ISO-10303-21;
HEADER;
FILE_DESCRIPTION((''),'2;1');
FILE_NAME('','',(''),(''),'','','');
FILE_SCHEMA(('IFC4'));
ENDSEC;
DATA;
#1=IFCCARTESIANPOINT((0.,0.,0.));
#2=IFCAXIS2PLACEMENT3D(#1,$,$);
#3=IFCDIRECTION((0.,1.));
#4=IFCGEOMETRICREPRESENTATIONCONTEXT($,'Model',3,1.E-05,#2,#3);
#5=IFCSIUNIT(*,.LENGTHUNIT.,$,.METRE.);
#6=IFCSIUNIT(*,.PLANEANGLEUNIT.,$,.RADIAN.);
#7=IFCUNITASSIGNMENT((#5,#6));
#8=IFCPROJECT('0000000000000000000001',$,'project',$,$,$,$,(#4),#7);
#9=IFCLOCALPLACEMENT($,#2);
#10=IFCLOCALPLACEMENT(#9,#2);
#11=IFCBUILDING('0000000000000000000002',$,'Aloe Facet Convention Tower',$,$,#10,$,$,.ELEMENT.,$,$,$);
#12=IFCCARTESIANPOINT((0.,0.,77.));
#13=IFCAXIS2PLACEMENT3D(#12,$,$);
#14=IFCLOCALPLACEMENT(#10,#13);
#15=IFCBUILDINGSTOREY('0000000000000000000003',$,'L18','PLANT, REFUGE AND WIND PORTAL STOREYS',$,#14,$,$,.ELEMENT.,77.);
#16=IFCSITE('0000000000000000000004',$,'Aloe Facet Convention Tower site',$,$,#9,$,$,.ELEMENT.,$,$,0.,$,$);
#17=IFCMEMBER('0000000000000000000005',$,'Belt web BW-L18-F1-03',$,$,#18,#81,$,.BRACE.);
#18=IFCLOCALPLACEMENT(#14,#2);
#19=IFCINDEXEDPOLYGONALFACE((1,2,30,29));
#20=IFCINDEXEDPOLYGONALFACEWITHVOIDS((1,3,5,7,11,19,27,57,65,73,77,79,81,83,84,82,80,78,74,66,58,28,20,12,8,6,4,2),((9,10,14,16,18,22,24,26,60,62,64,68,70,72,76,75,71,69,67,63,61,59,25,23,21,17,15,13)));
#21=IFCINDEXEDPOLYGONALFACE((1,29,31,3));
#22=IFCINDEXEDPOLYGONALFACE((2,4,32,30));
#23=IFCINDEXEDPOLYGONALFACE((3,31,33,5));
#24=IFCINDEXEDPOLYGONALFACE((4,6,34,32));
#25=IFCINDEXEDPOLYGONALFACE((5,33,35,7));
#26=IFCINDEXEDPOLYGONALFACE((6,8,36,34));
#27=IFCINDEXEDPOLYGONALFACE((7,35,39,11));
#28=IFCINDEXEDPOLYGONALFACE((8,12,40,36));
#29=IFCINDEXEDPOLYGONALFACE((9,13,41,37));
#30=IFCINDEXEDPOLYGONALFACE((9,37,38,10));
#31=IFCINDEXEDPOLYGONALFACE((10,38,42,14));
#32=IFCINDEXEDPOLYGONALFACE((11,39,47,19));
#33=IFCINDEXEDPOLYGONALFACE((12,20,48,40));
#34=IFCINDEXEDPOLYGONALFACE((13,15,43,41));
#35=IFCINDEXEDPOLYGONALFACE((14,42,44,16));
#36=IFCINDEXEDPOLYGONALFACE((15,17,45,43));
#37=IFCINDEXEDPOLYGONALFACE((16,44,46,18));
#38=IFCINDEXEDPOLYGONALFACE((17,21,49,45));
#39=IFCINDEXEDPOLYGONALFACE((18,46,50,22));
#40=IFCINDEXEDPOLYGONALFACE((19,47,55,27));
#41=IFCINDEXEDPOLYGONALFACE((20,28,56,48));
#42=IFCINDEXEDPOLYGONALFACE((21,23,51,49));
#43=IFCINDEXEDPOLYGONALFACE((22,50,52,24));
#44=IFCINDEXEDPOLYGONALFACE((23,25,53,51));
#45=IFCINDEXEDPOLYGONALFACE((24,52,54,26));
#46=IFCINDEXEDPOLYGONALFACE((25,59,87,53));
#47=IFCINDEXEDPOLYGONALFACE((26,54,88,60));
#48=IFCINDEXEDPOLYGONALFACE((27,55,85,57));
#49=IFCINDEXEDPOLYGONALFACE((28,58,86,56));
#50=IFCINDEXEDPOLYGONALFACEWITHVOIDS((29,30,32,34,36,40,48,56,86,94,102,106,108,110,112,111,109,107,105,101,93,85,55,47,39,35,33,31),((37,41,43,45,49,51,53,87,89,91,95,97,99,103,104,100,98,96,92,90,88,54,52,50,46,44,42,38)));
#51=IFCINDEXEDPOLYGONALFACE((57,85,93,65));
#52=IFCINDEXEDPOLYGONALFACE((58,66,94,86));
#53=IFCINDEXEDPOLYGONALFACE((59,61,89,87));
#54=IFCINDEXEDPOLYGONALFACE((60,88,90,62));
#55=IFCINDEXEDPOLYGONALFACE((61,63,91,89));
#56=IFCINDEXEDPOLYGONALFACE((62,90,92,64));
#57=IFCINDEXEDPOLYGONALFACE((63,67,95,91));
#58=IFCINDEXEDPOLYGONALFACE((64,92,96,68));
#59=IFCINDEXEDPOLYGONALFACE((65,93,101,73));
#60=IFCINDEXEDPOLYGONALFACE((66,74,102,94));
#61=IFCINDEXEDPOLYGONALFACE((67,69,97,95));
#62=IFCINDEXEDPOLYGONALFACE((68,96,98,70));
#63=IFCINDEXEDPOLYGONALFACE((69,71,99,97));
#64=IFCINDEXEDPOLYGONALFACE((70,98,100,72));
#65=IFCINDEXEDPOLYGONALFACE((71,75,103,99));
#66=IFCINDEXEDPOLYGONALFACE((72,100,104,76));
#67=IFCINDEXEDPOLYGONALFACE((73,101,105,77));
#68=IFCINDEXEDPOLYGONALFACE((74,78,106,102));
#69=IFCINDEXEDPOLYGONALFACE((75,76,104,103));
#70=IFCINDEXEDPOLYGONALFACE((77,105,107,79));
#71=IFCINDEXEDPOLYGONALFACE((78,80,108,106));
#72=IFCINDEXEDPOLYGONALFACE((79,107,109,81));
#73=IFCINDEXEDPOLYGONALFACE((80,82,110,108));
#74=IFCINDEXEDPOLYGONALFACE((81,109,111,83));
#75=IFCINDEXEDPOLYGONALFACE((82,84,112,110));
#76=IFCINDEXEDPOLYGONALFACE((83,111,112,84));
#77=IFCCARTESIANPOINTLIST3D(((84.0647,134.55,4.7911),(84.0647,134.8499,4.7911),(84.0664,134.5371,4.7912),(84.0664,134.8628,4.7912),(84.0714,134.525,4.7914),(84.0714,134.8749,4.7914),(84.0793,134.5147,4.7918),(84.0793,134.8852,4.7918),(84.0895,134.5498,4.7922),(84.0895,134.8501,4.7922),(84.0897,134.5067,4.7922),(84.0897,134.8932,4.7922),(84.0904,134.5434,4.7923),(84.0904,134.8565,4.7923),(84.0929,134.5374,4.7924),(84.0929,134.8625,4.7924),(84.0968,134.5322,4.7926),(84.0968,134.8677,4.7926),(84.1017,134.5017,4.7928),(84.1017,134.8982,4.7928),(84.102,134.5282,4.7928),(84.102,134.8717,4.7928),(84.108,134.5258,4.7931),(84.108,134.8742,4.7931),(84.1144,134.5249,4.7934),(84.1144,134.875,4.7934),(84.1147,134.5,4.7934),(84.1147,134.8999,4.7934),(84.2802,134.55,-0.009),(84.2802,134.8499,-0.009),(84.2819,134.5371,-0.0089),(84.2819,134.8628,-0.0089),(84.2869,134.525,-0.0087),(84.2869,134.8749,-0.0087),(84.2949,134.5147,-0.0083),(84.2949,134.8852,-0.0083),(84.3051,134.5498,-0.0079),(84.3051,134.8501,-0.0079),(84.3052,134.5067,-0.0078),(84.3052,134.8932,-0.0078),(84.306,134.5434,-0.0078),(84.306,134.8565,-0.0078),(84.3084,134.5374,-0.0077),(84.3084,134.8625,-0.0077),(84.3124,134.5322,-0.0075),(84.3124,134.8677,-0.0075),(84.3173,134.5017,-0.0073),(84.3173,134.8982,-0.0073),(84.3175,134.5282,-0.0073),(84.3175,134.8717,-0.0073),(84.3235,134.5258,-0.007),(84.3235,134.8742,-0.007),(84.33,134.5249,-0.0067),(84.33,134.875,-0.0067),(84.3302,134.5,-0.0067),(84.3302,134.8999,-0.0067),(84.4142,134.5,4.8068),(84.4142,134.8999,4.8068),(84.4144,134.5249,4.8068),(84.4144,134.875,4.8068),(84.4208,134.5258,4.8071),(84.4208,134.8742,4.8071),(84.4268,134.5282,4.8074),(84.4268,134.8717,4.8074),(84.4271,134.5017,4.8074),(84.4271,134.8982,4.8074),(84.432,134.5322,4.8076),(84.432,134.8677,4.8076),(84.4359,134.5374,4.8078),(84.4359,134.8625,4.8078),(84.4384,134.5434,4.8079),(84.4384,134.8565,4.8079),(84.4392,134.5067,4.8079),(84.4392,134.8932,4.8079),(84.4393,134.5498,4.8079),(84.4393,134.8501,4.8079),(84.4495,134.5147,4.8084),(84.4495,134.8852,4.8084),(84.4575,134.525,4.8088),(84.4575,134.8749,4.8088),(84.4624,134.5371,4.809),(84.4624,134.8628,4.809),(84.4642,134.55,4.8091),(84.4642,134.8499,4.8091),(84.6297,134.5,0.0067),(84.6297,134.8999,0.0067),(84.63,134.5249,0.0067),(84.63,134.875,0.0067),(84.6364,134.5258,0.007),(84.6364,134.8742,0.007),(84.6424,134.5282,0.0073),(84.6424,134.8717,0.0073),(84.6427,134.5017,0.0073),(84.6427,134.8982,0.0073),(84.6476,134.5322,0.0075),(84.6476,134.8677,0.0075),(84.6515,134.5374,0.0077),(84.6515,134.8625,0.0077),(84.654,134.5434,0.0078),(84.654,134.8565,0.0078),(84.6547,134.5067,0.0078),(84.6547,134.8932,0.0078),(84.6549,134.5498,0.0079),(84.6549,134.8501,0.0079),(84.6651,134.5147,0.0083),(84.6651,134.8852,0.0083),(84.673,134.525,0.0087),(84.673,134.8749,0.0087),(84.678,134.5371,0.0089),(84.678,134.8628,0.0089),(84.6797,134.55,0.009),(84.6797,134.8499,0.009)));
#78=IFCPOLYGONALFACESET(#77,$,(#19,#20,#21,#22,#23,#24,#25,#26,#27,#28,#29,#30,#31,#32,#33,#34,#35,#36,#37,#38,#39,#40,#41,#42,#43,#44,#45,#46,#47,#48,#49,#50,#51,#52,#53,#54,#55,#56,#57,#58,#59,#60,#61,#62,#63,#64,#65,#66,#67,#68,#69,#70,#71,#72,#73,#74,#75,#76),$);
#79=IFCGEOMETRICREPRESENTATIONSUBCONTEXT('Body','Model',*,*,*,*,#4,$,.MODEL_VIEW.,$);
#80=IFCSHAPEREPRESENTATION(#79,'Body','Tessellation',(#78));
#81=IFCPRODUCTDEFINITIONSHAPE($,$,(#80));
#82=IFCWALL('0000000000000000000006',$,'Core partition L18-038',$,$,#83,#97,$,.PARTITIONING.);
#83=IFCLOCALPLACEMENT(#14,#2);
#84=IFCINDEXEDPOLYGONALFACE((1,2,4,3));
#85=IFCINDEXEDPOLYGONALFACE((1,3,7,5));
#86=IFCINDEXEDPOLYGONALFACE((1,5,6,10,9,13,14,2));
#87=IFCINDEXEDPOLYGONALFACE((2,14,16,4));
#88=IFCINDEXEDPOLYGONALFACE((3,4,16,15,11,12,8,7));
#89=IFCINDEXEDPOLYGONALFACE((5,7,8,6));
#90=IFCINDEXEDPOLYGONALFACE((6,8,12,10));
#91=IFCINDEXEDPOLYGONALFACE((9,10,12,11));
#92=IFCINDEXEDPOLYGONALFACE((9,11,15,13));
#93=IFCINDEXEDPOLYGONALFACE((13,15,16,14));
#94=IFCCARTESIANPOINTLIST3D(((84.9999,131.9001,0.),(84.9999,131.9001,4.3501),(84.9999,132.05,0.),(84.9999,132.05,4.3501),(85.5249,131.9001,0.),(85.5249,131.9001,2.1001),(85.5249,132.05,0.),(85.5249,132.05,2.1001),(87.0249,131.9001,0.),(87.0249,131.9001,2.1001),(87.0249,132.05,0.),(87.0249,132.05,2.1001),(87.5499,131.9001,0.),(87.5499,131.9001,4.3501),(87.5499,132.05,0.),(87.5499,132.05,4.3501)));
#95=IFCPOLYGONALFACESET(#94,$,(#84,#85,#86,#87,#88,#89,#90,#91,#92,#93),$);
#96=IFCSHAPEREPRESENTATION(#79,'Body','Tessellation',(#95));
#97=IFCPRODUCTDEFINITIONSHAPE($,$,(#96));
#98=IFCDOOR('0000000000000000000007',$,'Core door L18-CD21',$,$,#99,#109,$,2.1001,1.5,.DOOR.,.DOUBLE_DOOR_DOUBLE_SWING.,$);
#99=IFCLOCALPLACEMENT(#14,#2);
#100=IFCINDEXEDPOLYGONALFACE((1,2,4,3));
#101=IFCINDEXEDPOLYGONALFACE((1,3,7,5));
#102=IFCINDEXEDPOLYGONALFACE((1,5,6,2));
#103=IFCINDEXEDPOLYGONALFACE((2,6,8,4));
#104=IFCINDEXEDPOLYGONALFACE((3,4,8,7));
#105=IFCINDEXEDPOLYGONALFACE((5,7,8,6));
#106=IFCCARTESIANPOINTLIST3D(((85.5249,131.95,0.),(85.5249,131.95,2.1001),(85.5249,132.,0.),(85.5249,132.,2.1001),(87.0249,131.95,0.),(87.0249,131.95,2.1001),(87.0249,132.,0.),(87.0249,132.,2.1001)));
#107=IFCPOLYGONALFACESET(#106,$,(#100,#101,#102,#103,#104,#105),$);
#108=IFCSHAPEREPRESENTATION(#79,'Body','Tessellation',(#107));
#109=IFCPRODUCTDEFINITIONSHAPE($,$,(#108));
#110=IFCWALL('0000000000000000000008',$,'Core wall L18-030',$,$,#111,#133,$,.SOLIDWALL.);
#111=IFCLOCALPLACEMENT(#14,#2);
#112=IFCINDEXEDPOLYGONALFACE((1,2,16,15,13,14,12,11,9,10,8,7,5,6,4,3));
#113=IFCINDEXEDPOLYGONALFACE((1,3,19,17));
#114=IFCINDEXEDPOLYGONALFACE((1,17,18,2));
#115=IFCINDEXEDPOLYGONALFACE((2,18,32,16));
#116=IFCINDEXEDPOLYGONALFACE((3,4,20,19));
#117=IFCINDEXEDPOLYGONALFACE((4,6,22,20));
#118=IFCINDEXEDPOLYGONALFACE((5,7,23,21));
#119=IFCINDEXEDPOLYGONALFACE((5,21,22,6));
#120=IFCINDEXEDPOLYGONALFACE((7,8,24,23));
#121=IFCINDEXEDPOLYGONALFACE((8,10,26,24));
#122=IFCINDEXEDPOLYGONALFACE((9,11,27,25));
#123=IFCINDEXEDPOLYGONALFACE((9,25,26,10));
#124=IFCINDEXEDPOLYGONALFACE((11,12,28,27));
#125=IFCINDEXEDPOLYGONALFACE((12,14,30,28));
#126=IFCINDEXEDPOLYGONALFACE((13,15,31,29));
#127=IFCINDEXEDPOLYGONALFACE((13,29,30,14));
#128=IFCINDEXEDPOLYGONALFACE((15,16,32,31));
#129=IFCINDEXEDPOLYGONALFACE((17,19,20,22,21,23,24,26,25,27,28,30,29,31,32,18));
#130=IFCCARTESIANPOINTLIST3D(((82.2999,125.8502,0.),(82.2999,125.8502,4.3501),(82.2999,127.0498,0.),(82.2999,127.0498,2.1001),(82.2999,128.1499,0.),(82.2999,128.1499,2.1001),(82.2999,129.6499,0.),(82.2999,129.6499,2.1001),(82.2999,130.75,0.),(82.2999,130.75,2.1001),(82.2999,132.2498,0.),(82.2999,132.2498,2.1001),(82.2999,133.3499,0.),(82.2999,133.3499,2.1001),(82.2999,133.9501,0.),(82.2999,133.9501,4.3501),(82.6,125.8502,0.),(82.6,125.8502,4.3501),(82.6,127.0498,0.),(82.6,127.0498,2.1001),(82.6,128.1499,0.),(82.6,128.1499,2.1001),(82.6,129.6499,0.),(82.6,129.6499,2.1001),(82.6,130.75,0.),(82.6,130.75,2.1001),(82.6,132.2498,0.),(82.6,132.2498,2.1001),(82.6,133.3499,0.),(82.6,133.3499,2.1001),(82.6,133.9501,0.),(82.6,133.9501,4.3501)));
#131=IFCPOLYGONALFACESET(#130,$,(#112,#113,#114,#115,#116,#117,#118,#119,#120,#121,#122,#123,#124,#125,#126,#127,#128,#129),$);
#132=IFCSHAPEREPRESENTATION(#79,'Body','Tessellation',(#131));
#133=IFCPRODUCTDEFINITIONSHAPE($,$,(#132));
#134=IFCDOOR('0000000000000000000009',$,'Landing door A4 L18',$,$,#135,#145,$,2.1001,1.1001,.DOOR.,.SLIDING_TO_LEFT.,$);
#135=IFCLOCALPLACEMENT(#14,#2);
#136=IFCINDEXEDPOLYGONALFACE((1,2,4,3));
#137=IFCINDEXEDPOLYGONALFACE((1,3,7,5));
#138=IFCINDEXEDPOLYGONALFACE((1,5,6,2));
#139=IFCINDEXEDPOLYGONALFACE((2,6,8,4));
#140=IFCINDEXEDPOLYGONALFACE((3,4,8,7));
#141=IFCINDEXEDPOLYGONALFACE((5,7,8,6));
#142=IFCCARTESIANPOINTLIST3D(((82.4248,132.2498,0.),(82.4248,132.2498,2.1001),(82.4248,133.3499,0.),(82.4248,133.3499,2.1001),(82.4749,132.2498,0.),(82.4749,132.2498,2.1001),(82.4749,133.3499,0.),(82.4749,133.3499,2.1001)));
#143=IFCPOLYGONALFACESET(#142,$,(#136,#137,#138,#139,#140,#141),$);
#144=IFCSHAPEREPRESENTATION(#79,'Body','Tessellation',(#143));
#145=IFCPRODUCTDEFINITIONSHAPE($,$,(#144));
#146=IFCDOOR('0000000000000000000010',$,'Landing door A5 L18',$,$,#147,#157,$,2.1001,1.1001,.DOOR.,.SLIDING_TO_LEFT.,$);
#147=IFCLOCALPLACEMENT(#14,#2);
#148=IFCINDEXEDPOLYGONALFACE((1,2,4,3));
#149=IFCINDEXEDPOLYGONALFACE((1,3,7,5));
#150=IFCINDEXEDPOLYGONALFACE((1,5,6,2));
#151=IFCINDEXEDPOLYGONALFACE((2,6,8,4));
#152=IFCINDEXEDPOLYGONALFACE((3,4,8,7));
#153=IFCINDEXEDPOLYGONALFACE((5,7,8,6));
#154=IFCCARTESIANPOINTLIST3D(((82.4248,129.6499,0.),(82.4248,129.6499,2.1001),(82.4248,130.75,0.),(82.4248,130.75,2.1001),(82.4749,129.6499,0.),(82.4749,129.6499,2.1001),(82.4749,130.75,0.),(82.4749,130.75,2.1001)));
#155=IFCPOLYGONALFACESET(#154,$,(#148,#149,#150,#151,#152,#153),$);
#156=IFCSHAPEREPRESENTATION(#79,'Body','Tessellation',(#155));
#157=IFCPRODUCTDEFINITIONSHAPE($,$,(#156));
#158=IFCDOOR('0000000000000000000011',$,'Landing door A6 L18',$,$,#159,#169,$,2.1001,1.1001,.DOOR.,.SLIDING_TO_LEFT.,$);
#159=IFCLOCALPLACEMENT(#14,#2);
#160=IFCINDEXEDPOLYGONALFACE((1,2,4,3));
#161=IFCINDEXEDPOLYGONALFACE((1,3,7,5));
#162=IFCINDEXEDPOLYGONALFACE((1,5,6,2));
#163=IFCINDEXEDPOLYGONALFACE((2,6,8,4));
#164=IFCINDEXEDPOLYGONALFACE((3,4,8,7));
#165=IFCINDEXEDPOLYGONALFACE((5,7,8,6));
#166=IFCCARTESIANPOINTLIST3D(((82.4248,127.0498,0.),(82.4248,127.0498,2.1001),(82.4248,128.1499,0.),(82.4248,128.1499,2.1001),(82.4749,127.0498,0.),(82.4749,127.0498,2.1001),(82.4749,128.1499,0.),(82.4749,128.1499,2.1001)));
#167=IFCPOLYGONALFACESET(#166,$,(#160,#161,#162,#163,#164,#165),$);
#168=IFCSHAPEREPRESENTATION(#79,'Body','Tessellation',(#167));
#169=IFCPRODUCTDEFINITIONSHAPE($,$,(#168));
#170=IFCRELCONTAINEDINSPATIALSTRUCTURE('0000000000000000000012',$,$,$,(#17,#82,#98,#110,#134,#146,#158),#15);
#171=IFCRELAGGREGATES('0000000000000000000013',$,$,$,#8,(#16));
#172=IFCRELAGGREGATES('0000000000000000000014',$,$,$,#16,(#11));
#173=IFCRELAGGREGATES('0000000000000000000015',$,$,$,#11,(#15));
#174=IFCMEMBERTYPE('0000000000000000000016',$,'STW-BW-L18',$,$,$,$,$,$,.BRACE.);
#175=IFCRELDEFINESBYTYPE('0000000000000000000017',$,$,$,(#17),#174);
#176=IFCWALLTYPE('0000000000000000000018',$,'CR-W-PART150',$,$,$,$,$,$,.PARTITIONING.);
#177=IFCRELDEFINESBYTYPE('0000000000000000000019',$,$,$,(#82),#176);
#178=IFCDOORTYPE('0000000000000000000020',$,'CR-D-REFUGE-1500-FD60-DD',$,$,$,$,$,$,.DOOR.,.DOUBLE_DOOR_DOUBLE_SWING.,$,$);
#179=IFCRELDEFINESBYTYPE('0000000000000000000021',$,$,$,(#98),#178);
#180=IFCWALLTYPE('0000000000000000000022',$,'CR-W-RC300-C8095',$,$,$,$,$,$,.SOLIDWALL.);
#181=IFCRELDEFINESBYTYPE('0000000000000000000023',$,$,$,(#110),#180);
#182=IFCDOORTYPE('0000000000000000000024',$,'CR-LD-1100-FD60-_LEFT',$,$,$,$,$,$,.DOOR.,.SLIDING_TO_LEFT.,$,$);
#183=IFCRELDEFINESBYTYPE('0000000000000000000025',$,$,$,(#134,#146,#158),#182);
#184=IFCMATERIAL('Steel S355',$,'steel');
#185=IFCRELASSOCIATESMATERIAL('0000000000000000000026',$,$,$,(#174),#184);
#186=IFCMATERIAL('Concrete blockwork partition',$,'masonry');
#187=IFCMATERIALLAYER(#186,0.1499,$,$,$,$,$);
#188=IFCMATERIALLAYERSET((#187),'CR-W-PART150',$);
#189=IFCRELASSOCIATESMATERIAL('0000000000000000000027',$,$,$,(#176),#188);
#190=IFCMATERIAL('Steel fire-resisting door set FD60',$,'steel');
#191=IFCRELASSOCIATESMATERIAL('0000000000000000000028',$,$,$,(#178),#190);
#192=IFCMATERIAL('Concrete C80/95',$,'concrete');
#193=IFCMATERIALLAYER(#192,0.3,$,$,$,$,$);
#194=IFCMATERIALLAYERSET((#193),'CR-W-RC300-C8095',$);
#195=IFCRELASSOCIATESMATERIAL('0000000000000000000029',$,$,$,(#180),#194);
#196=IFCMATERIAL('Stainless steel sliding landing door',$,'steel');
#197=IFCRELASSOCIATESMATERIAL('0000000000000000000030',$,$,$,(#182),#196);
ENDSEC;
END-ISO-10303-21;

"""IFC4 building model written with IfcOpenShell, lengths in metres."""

from ifc_helpers import new_model, si_unit, direction, frame, frame_2d, origin, origin_2d, place, context, subcontext, project, spatial, rectangle, hollow_rectangle, extrude, material, layer, layer_set, material_profile, profile_set, type_object, element, fill, save


model = new_model("IFC4")

# Units and contexts
model_context = context("Model", 3, precision=1e-05, world=origin(), true_north=direction((0.0, 1.0)))
body_context = subcontext(model_context, "Body", "Model", "MODEL_VIEW")
ifc_project = project(units=[si_unit("LENGTHUNIT", "METRE"), si_unit("PLANEANGLEUNIT", "RADIAN")], contexts=[model_context])

# Site, building, storey
site_placement = place(None, origin())
site = spatial("IfcSite", under=ifc_project, at=site_placement, Name="Aloe Facet Convention Tower site", CompositionType="ELEMENT", RefElevation=0.0)
building_placement = place(site_placement, origin())
building = spatial("IfcBuilding", under=site, at=building_placement, Name="Aloe Facet Convention Tower", CompositionType="ELEMENT")
storey_placement = place(building_placement, frame((0.0, 0.0, 77.0)))
storey = spatial("IfcBuildingStorey", under=building, at=storey_placement, Name="L18", Description="PLANT, REFUGE AND WIND PORTAL STOREYS", CompositionType="ELEMENT", Elevation=77.0)

# Member
ifc_material_1 = material(Name="Steel S355", Category="steel")
ifc_material_profile = material_profile(ifc_material_1, hollow_rectangle(XDim=0.3999, YDim=0.3999, WallThickness=0.0249, InnerFilletRadius=0.0249, OuterFilletRadius=0.05, at=origin_2d()), Name="SHS 400x400x25")
ifc_profile_set = profile_set([ifc_material_profile], Name="Steel S355")
member_type = type_object("IfcMemberType", Name="STW-BW-L18", PredefinedType="BRACE", material=ifc_profile_set)
member_placement = place(storey_placement, frame((84.48, 134.7, 0.0), z_axis=(-0.044866, 0.0, 0.998993), x_axis=(0.0, -1.0, 0.0)))
element("IfcMember", 1, at=member_placement, inside=storey, type_object=member_type, Name="Belt web BW-L18-F1-03", PredefinedType="BRACE", context=body_context, shape_type="SweptSolid", body=[
    extrude(hollow_rectangle(XDim=0.3999, YDim=0.3999, WallThickness=0.0249, InnerFilletRadius=0.0249, OuterFilletRadius=0.05, at=origin_2d()), origin(), (0.0, 0.0, 1.0), 4.8049),
])

# Wall, opening, door
ifc_material_2 = material(Name="Concrete blockwork partition", Category="masonry")
ifc_layer_1 = layer(ifc_material_2, 0.1499)
ifc_layer_set_1 = layer_set([ifc_layer_1], Name="CR-W-PART150")
wall_type_1 = type_object("IfcWallType", Name="CR-W-PART150", PredefinedType="PARTITIONING", material=ifc_layer_set_1)
wall_1_placement = place(storey_placement, frame((85.0, 131.9751, 0.0), z_axis=(0.0, 0.0, 1.0), x_axis=(1.0, 0.0, 0.0)))
wall_1 = element("IfcWall", 2, at=wall_1_placement, inside=storey, type_object=wall_type_1, Name="Core partition L18-038", PredefinedType="PARTITIONING", context=body_context, shape_type="SweptSolid", body=[
    extrude(rectangle(XDim=2.55, YDim=0.1499, at=frame_2d((1.2749, 0.0))), origin(), (0.0, 0.0, 1.0), 4.3501),
])
opening_1_placement = place(wall_1_placement, frame((0.5249, 0.0, 0.0)))
opening_1 = element("IfcOpeningElement", 3, at=opening_1_placement, cuts=wall_1, PredefinedType="OPENING", context=body_context, shape_type="SweptSolid", body=[
    extrude(rectangle(XDim=1.5, YDim=2.1001, at=frame_2d((0.75, 1.05))), frame((0.0, 0.085, 0.0), z_axis=(0.0, -1.0, 0.0), x_axis=(1.0, 0.0, 0.0)), (0.0, 0.0, 1.0), 0.1699),
])
ifc_material_3 = material(Name="Steel fire-resisting door set FD60", Category="steel")
door_type_1 = type_object("IfcDoorType", Name="CR-D-REFUGE-1500-FD60-DD", OperationType="DOUBLE_DOOR_DOUBLE_SWING", PredefinedType="DOOR", material=ifc_material_3)
door_1_placement = place(opening_1_placement, origin())
door_1 = element("IfcDoor", 4, at=door_1_placement, inside=storey, type_object=door_type_1, Name="Core door L18-CD21", OperationType="DOUBLE_DOOR_DOUBLE_SWING", OverallHeight=2.1001, OverallWidth=1.5, PredefinedType="DOOR", context=body_context, shape_type="SweptSolid", body=[
    extrude(rectangle(XDim=1.5, YDim=2.1001, at=frame_2d((0.75, 1.05))), frame((0.0, 0.0249, 0.0), z_axis=(0.0, -1.0, 0.0), x_axis=(1.0, 0.0, 0.0)), (0.0, 0.0, 1.0), 0.05),
])
fill(opening_1, door_1)

# Wall, openings, doors
ifc_material_4 = material(Name="Concrete C80/95", Category="concrete")
ifc_layer_2 = layer(ifc_material_4, 0.3)
ifc_layer_set_2 = layer_set([ifc_layer_2], Name="CR-W-RC300-C8095")
wall_type_2 = type_object("IfcWallType", Name="CR-W-RC300-C8095", PredefinedType="SOLIDWALL", material=ifc_layer_set_2)
wall_2_placement = place(storey_placement, frame((82.45, 133.95, 0.0), z_axis=(0.0, 0.0, 1.0), x_axis=(0.0, -1.0, 0.0)))
wall_2 = element("IfcWall", 5, at=wall_2_placement, inside=storey, type_object=wall_type_2, Name="Core wall L18-030", PredefinedType="SOLIDWALL", context=body_context, shape_type="SweptSolid", body=[
    extrude(rectangle(XDim=8.0999, YDim=0.3, at=frame_2d((4.0498, 0.0))), origin(), (0.0, 0.0, 1.0), 4.3501),
])
opening_2_placement = place(wall_2_placement, frame((0.6001, 0.0, 0.0)))
opening_2 = element("IfcOpeningElement", 6, at=opening_2_placement, cuts=wall_2, PredefinedType="OPENING", context=body_context, shape_type="SweptSolid", body=[
    extrude(rectangle(XDim=1.1001, YDim=2.1001, at=frame_2d((0.55, 1.05))), frame((0.0, 0.1602, 0.0), z_axis=(0.0, -1.0, 0.0), x_axis=(1.0, 0.0, 0.0)), (0.0, 0.0, 1.0), 0.3201),
])
opening_3_placement = place(wall_2_placement, frame((3.2, 0.0, 0.0)))
opening_3 = element("IfcOpeningElement", 7, at=opening_3_placement, cuts=wall_2, PredefinedType="OPENING", context=body_context, shape_type="SweptSolid", body=[
    extrude(rectangle(XDim=1.1001, YDim=2.1001, at=frame_2d((0.55, 1.05))), frame((0.0, 0.1602, 0.0), z_axis=(0.0, -1.0, 0.0), x_axis=(1.0, 0.0, 0.0)), (0.0, 0.0, 1.0), 0.3201),
])
opening_4_placement = place(wall_2_placement, frame((5.8, 0.0, 0.0)))
opening_4 = element("IfcOpeningElement", 8, at=opening_4_placement, cuts=wall_2, PredefinedType="OPENING", context=body_context, shape_type="SweptSolid", body=[
    extrude(rectangle(XDim=1.1001, YDim=2.1001, at=frame_2d((0.55, 1.05))), frame((0.0, 0.1602, 0.0), z_axis=(0.0, -1.0, 0.0), x_axis=(1.0, 0.0, 0.0)), (0.0, 0.0, 1.0), 0.3201),
])
ifc_material_5 = material(Name="Stainless steel sliding landing door", Category="steel")
door_type_2 = type_object("IfcDoorType", Name="CR-LD-1100-FD60-_LEFT", OperationType="SLIDING_TO_LEFT", PredefinedType="DOOR", material=ifc_material_5)
door_2_placement = place(opening_2_placement, origin())
door_2 = element("IfcDoor", 9, at=door_2_placement, inside=storey, type_object=door_type_2, Name="Landing door A4 L18", OperationType="SLIDING_TO_LEFT", OverallHeight=2.1001, OverallWidth=1.1001, PredefinedType="DOOR", context=body_context, shape_type="SweptSolid", body=[
    extrude(rectangle(XDim=1.1001, YDim=2.1001, at=frame_2d((0.55, 1.05))), frame((0.0, 0.0249, 0.0), z_axis=(0.0, -1.0, 0.0), x_axis=(1.0, 0.0, 0.0)), (0.0, 0.0, 1.0), 0.05),
])
fill(opening_2, door_2)
door_3_placement = place(opening_3_placement, origin())
door_3 = element("IfcDoor", 10, at=door_3_placement, inside=storey, type_object=door_type_2, Name="Landing door A5 L18", OperationType="SLIDING_TO_LEFT", OverallHeight=2.1001, OverallWidth=1.1001, PredefinedType="DOOR", context=body_context, shape_type="SweptSolid", body=[
    extrude(rectangle(XDim=1.1001, YDim=2.1001, at=frame_2d((0.55, 1.05))), frame((0.0, 0.0249, 0.0), z_axis=(0.0, -1.0, 0.0), x_axis=(1.0, 0.0, 0.0)), (0.0, 0.0, 1.0), 0.05),
])
fill(opening_3, door_3)
door_4_placement = place(opening_4_placement, origin())
door_4 = element("IfcDoor", 11, at=door_4_placement, inside=storey, type_object=door_type_2, Name="Landing door A6 L18", OperationType="SLIDING_TO_LEFT", OverallHeight=2.1001, OverallWidth=1.1001, PredefinedType="DOOR", context=body_context, shape_type="SweptSolid", body=[
    extrude(rectangle(XDim=1.1001, YDim=2.1001, at=frame_2d((0.55, 1.05))), frame((0.0, 0.0249, 0.0), z_axis=(0.0, -1.0, 0.0), x_axis=(1.0, 0.0, 0.0)), (0.0, 0.0, 1.0), 0.05),
])
fill(opening_4, door_4)

save(model, "model.ifc")
